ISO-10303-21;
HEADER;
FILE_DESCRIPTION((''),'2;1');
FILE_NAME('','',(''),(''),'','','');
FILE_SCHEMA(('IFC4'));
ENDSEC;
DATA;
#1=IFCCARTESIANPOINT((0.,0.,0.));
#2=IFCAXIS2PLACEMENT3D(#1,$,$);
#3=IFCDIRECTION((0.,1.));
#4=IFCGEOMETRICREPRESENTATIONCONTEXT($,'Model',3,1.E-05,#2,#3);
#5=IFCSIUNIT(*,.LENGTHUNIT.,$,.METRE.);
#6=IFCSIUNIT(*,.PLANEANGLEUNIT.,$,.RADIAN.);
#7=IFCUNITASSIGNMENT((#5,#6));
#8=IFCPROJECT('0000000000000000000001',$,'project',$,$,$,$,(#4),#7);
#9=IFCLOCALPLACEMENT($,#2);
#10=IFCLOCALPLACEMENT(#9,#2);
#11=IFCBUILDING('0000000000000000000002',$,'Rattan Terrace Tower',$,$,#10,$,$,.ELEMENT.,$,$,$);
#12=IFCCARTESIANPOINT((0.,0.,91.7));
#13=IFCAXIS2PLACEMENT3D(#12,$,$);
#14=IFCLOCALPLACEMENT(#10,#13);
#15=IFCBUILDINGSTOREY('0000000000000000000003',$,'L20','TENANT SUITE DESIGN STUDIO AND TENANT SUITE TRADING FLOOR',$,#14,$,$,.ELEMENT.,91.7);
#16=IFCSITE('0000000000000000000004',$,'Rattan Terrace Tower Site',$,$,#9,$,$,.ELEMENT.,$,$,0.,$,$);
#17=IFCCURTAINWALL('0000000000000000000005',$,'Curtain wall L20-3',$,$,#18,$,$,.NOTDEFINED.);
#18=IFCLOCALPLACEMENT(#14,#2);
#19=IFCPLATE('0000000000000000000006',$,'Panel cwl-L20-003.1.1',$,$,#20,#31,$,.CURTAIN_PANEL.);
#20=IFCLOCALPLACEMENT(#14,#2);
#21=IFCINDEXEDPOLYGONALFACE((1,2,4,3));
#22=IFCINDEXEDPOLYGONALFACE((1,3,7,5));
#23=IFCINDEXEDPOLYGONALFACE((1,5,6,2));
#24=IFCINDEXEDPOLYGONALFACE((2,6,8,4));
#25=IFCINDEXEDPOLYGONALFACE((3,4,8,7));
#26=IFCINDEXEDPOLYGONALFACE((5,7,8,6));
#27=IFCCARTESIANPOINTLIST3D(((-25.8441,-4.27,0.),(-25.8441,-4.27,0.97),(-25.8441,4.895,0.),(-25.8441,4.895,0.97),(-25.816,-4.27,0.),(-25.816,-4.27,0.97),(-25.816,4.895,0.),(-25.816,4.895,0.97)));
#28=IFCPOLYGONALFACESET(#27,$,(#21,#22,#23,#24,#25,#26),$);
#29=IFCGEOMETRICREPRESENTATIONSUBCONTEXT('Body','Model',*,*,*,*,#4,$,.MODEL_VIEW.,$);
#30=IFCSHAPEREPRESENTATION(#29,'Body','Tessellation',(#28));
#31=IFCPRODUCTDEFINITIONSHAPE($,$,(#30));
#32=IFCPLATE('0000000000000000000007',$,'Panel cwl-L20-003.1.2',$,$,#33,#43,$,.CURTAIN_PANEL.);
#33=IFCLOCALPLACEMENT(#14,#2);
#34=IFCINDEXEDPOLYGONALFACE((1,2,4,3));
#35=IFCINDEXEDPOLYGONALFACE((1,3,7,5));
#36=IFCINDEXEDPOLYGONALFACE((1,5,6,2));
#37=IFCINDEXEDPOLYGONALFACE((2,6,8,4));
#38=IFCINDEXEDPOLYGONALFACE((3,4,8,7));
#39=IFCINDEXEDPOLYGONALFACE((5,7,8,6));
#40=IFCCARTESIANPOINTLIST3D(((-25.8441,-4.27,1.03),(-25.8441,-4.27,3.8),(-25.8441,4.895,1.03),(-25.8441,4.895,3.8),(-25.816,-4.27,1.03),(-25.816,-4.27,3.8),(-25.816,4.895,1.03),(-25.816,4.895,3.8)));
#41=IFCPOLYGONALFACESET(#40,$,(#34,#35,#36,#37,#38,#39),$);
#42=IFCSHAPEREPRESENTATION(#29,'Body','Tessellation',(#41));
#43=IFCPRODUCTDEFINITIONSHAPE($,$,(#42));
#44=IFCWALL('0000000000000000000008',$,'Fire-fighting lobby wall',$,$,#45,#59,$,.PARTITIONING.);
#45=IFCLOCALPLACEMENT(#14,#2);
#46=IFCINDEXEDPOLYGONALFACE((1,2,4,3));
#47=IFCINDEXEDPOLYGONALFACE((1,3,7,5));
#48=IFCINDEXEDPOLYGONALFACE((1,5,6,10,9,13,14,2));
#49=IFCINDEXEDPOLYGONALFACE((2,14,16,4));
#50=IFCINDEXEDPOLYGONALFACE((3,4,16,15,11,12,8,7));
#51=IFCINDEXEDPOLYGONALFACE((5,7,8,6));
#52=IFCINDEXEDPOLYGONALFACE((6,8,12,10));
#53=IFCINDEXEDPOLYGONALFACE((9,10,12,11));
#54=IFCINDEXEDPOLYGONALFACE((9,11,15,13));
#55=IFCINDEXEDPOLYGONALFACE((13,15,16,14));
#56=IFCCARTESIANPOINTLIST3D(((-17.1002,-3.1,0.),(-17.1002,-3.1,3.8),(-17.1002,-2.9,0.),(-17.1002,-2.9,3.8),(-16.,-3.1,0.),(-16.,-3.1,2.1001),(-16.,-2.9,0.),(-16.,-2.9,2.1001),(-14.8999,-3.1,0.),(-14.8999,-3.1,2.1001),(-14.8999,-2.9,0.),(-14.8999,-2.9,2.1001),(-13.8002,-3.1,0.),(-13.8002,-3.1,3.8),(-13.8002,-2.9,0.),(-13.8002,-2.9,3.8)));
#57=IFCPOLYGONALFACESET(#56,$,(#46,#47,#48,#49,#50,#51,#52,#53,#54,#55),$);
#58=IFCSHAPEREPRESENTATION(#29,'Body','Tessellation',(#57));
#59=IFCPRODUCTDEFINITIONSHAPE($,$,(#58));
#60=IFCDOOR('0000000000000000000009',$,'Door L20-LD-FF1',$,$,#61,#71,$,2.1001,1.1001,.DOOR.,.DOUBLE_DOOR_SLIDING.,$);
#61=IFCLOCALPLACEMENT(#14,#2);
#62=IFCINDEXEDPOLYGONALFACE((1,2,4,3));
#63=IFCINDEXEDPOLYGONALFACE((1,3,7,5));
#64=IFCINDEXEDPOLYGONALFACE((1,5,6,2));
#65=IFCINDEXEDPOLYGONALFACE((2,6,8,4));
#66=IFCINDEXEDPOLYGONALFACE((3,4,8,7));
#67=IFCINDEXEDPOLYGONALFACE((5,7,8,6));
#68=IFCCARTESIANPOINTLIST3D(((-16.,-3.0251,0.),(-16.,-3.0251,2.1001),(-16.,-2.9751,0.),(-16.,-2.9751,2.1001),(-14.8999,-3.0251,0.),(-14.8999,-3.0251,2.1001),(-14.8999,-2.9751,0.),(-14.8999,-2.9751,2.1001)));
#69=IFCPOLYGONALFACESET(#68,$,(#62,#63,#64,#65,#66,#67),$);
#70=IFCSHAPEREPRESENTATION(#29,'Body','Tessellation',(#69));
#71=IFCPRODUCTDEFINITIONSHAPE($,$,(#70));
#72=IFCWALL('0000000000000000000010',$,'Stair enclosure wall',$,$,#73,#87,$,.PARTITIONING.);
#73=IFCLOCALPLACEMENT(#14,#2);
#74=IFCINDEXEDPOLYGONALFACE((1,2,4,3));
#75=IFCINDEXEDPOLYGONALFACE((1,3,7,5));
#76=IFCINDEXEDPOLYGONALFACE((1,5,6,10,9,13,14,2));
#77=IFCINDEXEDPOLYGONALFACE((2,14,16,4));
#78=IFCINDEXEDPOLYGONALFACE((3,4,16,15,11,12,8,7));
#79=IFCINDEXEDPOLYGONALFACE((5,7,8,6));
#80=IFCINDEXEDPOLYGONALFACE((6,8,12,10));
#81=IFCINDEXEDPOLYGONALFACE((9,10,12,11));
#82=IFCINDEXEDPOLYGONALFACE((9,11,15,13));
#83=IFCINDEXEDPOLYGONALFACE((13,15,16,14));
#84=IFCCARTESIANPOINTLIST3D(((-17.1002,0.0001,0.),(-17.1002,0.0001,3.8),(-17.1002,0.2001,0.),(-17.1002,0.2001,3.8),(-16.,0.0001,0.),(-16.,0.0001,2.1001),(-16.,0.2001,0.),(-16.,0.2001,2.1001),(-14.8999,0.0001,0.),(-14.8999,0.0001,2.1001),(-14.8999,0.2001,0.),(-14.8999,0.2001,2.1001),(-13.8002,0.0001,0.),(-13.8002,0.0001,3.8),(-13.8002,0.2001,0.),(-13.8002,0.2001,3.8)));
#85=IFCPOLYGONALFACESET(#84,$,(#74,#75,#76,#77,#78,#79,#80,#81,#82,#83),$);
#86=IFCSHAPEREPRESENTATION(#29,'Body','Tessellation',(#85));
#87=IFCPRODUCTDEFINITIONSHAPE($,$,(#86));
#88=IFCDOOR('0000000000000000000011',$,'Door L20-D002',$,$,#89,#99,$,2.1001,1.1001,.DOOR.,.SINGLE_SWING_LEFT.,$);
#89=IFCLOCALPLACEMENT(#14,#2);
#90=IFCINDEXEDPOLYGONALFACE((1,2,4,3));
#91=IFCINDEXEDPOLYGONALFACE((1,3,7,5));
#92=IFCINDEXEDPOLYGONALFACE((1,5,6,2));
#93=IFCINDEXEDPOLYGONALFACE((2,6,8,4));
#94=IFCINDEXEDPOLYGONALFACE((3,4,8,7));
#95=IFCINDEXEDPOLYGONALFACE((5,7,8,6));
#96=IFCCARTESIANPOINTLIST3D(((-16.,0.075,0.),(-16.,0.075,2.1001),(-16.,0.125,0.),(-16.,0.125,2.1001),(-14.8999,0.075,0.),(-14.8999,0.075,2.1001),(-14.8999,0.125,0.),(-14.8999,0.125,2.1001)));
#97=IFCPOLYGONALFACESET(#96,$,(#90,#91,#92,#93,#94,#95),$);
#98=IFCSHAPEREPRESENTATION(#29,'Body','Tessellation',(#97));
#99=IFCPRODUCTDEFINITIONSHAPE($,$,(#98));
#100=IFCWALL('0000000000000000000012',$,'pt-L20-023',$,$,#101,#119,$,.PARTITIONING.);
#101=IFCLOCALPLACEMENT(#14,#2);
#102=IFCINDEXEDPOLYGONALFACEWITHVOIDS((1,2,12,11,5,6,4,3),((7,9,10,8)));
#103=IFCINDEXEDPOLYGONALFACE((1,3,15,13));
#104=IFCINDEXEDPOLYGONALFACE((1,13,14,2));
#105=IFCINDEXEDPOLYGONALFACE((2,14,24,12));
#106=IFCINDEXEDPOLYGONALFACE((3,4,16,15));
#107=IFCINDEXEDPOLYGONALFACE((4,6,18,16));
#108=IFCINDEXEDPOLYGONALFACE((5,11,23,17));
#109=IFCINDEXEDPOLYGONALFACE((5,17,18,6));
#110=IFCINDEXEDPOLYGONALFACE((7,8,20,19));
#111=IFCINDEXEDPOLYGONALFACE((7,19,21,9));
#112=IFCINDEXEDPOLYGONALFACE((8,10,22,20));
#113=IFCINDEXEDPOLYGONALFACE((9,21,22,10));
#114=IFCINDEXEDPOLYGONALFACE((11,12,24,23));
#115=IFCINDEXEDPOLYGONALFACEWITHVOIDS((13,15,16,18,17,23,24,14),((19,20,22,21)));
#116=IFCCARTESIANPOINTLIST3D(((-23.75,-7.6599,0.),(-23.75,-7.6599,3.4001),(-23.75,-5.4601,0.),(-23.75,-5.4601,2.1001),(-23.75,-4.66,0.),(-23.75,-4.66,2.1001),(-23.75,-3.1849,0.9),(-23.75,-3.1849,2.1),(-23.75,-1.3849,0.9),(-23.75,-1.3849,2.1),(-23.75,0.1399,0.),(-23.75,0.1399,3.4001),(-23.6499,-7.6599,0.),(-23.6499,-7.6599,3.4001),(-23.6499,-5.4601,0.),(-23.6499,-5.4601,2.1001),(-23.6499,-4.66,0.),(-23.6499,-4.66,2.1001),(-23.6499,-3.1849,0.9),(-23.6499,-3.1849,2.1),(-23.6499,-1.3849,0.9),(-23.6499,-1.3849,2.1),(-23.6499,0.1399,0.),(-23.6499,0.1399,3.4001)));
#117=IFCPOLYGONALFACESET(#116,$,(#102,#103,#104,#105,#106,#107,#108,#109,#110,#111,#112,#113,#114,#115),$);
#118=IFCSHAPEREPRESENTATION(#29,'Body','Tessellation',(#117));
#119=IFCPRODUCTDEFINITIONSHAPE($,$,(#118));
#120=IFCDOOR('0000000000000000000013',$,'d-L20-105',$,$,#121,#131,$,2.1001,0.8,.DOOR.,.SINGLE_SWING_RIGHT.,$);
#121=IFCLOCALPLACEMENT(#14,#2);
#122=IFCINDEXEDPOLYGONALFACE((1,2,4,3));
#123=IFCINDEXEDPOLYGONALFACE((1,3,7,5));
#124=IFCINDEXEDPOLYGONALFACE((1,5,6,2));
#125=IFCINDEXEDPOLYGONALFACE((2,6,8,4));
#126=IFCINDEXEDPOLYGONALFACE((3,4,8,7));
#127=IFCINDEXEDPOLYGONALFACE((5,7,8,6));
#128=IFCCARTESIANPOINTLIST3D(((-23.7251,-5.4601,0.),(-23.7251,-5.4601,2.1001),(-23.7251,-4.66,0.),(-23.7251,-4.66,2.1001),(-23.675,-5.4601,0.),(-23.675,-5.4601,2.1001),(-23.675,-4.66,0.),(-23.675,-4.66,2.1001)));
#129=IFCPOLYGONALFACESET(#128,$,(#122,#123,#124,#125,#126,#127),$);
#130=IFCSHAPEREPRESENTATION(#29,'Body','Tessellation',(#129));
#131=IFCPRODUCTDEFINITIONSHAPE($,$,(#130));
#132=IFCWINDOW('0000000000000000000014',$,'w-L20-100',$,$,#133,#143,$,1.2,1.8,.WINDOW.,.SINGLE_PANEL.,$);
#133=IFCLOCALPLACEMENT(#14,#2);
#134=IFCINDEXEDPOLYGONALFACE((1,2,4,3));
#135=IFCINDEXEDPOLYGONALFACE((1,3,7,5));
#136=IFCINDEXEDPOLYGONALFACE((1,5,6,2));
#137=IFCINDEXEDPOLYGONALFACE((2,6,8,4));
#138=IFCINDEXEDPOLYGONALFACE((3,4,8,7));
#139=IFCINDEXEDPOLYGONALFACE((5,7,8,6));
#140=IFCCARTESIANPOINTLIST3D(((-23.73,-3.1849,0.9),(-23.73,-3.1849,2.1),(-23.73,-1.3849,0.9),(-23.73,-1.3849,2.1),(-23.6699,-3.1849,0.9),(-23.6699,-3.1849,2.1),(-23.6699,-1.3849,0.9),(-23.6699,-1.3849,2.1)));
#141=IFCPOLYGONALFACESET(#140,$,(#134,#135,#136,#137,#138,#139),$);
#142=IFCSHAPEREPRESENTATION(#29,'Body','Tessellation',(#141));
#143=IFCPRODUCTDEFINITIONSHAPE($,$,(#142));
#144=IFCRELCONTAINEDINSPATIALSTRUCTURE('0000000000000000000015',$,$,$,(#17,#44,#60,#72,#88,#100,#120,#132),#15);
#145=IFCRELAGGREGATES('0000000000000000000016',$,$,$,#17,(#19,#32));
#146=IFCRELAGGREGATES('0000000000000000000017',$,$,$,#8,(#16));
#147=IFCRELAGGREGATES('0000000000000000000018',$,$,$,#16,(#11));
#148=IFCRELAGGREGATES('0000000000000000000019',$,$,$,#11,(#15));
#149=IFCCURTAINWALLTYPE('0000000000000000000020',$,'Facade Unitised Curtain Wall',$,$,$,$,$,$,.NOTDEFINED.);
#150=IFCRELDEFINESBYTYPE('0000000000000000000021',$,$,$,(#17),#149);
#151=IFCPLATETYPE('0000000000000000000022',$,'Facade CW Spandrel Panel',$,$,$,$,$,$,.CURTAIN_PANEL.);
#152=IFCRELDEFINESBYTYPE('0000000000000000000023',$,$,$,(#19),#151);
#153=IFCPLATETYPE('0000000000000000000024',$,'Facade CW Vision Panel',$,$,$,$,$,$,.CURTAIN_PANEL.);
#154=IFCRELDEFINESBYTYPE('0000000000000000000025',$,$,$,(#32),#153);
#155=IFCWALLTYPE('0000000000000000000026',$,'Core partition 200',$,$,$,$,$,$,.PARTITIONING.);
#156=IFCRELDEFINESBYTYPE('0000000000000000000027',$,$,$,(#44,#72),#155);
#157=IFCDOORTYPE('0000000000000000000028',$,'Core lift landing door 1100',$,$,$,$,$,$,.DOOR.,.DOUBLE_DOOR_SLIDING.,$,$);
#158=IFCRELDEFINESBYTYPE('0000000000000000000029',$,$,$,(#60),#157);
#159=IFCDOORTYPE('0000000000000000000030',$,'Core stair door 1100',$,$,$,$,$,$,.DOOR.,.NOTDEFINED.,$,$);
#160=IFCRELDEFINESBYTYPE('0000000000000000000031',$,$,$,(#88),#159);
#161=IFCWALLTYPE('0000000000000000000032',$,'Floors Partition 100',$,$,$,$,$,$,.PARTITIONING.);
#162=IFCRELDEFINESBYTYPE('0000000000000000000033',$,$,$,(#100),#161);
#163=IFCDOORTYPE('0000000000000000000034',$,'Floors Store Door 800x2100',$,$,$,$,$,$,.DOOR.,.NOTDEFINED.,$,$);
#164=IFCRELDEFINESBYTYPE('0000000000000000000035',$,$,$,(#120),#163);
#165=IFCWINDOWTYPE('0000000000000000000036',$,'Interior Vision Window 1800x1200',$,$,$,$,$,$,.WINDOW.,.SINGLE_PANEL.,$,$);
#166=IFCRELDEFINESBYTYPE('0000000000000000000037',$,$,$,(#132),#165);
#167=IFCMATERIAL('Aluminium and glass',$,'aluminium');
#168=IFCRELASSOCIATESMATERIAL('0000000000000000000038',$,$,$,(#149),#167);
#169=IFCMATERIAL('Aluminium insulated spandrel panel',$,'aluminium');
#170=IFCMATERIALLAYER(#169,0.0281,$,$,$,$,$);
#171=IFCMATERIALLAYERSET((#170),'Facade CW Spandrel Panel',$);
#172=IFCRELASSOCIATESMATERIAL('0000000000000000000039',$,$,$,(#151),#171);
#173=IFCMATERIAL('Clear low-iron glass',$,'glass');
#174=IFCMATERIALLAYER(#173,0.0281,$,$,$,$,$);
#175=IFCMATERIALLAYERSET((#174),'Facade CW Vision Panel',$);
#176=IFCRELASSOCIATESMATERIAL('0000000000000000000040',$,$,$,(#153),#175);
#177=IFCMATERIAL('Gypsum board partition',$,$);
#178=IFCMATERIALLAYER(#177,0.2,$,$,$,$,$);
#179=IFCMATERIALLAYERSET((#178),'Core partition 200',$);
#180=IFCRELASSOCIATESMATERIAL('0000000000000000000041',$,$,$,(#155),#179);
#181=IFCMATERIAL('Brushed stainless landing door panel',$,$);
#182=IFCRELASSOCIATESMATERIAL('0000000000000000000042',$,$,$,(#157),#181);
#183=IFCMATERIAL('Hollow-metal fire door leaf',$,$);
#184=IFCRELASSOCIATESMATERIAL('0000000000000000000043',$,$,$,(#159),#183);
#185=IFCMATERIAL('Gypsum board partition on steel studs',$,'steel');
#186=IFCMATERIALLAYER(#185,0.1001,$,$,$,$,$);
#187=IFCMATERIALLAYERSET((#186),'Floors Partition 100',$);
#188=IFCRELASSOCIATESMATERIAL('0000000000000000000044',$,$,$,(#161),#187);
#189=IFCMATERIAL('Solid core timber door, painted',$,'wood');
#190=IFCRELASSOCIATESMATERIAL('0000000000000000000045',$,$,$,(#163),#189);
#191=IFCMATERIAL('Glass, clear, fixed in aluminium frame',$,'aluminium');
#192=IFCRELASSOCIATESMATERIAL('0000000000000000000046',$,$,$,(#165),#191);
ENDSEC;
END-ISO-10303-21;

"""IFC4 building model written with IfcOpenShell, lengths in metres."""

from ifc_helpers import new_model, si_unit, direction, frame, frame_2d, origin, origin_2d, place, context, subcontext, project, spatial, rectangle, extrude, material, layer, layer_set, type_object, element, fill, aggregate, save


model = new_model("IFC4")

# Units and contexts
model_context = context("Model", 3, precision=1e-05, world=origin(), true_north=direction((0.0, 1.0)))
body_context = subcontext(model_context, "Body", "Model", "MODEL_VIEW")
ifc_project = project(units=[si_unit("LENGTHUNIT", "METRE"), si_unit("PLANEANGLEUNIT", "RADIAN")], contexts=[model_context])

# Site, building, storey
site_placement = place(None, origin())
site = spatial("IfcSite", under=ifc_project, at=site_placement, Name="Rattan Terrace Tower Site", CompositionType="ELEMENT", RefElevation=0.0)
building_placement = place(site_placement, origin())
building = spatial("IfcBuilding", under=site, at=building_placement, Name="Rattan Terrace Tower", CompositionType="ELEMENT")
storey_placement = place(building_placement, frame((0.0, 0.0, 91.7)))
storey = spatial("IfcBuildingStorey", under=building, at=storey_placement, Name="L20", Description="TENANT SUITE DESIGN STUDIO AND TENANT SUITE TRADING FLOOR", CompositionType="ELEMENT", Elevation=91.7)

# Curtain wall
ifc_material_1 = material(Name="Aluminium and glass", Category="aluminium")
curtain_wall_type = type_object("IfcCurtainWallType", Name="Facade Unitised Curtain Wall", PredefinedType="NOTDEFINED", material=ifc_material_1)
curtain_wall_placement = place(storey_placement, origin())
curtain_wall = element("IfcCurtainWall", 1, at=curtain_wall_placement, inside=storey, type_object=curtain_wall_type, Name="Curtain wall L20-3", PredefinedType="NOTDEFINED")

# Plates
ifc_material_2 = material(Name="Aluminium insulated spandrel panel", Category="aluminium")
ifc_layer_1 = layer(ifc_material_2, 0.0281)
ifc_layer_set_1 = layer_set([ifc_layer_1], Name="Facade CW Spandrel Panel")
plate_type_1 = type_object("IfcPlateType", Name="Facade CW Spandrel Panel", PredefinedType="CURTAIN_PANEL", material=ifc_layer_set_1)
plate_1_placement = place(storey_placement, frame((-25.8301, 0.3125, 0.0), z_axis=(0.0, 0.0, 1.0), x_axis=(0.0, -1.0, 0.0)))
plate_1 = element("IfcPlate", 2, at=plate_1_placement, type_object=plate_type_1, Name="Panel cwl-L20-003.1.1", PredefinedType="CURTAIN_PANEL", context=body_context, shape_type="SweptSolid", body=[
    extrude(rectangle(XDim=9.165, YDim=0.0281, at=origin_2d()), origin(), (0.0, 0.0, 1.0), 0.97),
])
ifc_material_3 = material(Name="Clear low-iron glass", Category="glass")
ifc_layer_2 = layer(ifc_material_3, 0.0281)
ifc_layer_set_2 = layer_set([ifc_layer_2], Name="Facade CW Vision Panel")
plate_type_2 = type_object("IfcPlateType", Name="Facade CW Vision Panel", PredefinedType="CURTAIN_PANEL", material=ifc_layer_set_2)
plate_2_placement = place(storey_placement, frame((-25.8301, 0.3125, 1.03), z_axis=(0.0, 0.0, 1.0), x_axis=(0.0, -1.0, 0.0)))
plate_2 = element("IfcPlate", 3, at=plate_2_placement, type_object=plate_type_2, Name="Panel cwl-L20-003.1.2", PredefinedType="CURTAIN_PANEL", context=body_context, shape_type="SweptSolid", body=[
    extrude(rectangle(XDim=9.165, YDim=0.0281, at=origin_2d()), origin(), (0.0, 0.0, 1.0), 2.77),
])
aggregate(curtain_wall, [plate_1, plate_2])

# Walls, openings, doors
ifc_material_4 = material(Name="Gypsum board partition")
ifc_layer_3 = layer(ifc_material_4, 0.2)
ifc_layer_set_3 = layer_set([ifc_layer_3], Name="Core partition 200")
wall_type_1 = type_object("IfcWallType", Name="Core partition 200", PredefinedType="PARTITIONING", material=ifc_layer_set_3)
wall_1_placement = place(storey_placement, frame((-17.1001, -3.0, 0.0), z_axis=(0.0, 0.0, 1.0), x_axis=(1.0, 0.0, 0.0)))
wall_1 = element("IfcWall", 4, at=wall_1_placement, inside=storey, type_object=wall_type_1, Name="Fire-fighting lobby wall", PredefinedType="PARTITIONING", context=body_context, shape_type="SweptSolid", body=[
    extrude(rectangle(XDim=3.3, YDim=0.2, at=frame_2d((1.6499, 0.0))), origin(), (0.0, 0.0, 1.0), 3.8),
])
opening_1_placement = place(wall_1_placement, frame((1.1001, 0.0, 0.0)))
opening_1 = element("IfcOpeningElement", 5, at=opening_1_placement, cuts=wall_1, PredefinedType="OPENING", context=body_context, shape_type="SweptSolid", body=[
    extrude(rectangle(XDim=1.1001, YDim=2.1001, at=frame_2d((0.55, 1.05))), frame((0.0, 0.1106, 0.0), z_axis=(0.0, -1.0, 0.0), x_axis=(1.0, 0.0, 0.0)), (0.0, 0.0, 1.0), 0.2209),
])
ifc_material_5 = material(Name="Brushed stainless landing door panel")
door_type_1 = type_object("IfcDoorType", Name="Core lift landing door 1100", OperationType="DOUBLE_DOOR_SLIDING", PredefinedType="DOOR", material=ifc_material_5)
door_1_placement = place(opening_1_placement, origin())
door_1 = element("IfcDoor", 6, at=door_1_placement, inside=storey, type_object=door_type_1, Name="Door L20-LD-FF1", OperationType="DOUBLE_DOOR_SLIDING", OverallHeight=2.1001, OverallWidth=1.1001, PredefinedType="DOOR", context=body_context, shape_type="SweptSolid", body=[
    extrude(rectangle(XDim=1.1001, YDim=2.1001, at=frame_2d((0.55, 1.05))), frame((0.0, 0.0249, 0.0), z_axis=(0.0, -1.0, 0.0), x_axis=(1.0, 0.0, 0.0)), (0.0, 0.0, 1.0), 0.05),
])
fill(opening_1, door_1)
wall_2_placement = place(storey_placement, frame((-17.1001, 0.1001, 0.0), z_axis=(0.0, 0.0, 1.0), x_axis=(1.0, 0.0, 0.0)))
wall_2 = element("IfcWall", 7, at=wall_2_placement, inside=storey, type_object=wall_type_1, Name="Stair enclosure wall", PredefinedType="PARTITIONING", context=body_context, shape_type="SweptSolid", body=[
    extrude(rectangle(XDim=3.3, YDim=0.2, at=frame_2d((1.6499, 0.0))), origin(), (0.0, 0.0, 1.0), 3.8),
])
opening_2_placement = place(wall_2_placement, frame((1.1001, 0.0, 0.0)))
opening_2 = element("IfcOpeningElement", 8, at=opening_2_placement, cuts=wall_2, PredefinedType="OPENING", context=body_context, shape_type="SweptSolid", body=[
    extrude(rectangle(XDim=1.1001, YDim=2.1001, at=frame_2d((0.55, 1.05))), frame((0.0, 0.1106, 0.0), z_axis=(0.0, -1.0, 0.0), x_axis=(1.0, 0.0, 0.0)), (0.0, 0.0, 1.0), 0.2209),
])
ifc_material_6 = material(Name="Hollow-metal fire door leaf")
door_type_2 = type_object("IfcDoorType", Name="Core stair door 1100", OperationType="NOTDEFINED", PredefinedType="DOOR", material=ifc_material_6)
door_2_placement = place(opening_2_placement, origin())
door_2 = element("IfcDoor", 9, at=door_2_placement, inside=storey, type_object=door_type_2, Name="Door L20-D002", OperationType="SINGLE_SWING_LEFT", OverallHeight=2.1001, OverallWidth=1.1001, PredefinedType="DOOR", context=body_context, shape_type="SweptSolid", body=[
    extrude(rectangle(XDim=1.1001, YDim=2.1001, at=frame_2d((0.55, 1.05))), frame((0.0, 0.0249, 0.0), z_axis=(0.0, -1.0, 0.0), x_axis=(1.0, 0.0, 0.0)), (0.0, 0.0, 1.0), 0.05),
])
fill(opening_2, door_2)

# Wall, openings, door, window
ifc_material_7 = material(Name="Gypsum board partition on steel studs", Category="steel")
ifc_layer_4 = layer(ifc_material_7, 0.1001)
ifc_layer_set_4 = layer_set([ifc_layer_4], Name="Floors Partition 100")
wall_type_2 = type_object("IfcWallType", Name="Floors Partition 100", PredefinedType="PARTITIONING", material=ifc_layer_set_4)
wall_3_placement = place(storey_placement, frame((-23.7, 0.1399, 0.0), z_axis=(0.0, 0.0, 1.0), x_axis=(0.0, -1.0, 0.0)))
wall_3 = element("IfcWall", 10, at=wall_3_placement, inside=storey, type_object=wall_type_2, Name="pt-L20-023", PredefinedType="PARTITIONING", context=body_context, shape_type="SweptSolid", body=[
    extrude(rectangle(XDim=7.7998, YDim=0.1001, at=frame_2d((3.8999, 0.0))), origin(), (0.0, 0.0, 1.0), 3.4001),
])
opening_3_placement = place(wall_3_placement, frame((4.8, 0.0, 0.0)))
opening_3 = element("IfcOpeningElement", 11, at=opening_3_placement, cuts=wall_3, PredefinedType="OPENING", context=body_context, shape_type="SweptSolid", body=[
    extrude(rectangle(XDim=0.8, YDim=2.1001, at=frame_2d((0.3999, 1.05))), frame((0.0, 0.0605, 0.0), z_axis=(0.0, -1.0, 0.0), x_axis=(1.0, 0.0, 0.0)), (0.0, 0.0, 1.0), 0.1211),
])
opening_4_placement = place(wall_3_placement, frame((1.5249, 0.0, 0.8999)))
opening_4 = element("IfcOpeningElement", 12, at=opening_4_placement, cuts=wall_3, PredefinedType="OPENING", context=body_context, shape_type="SweptSolid", body=[
    extrude(rectangle(XDim=1.8, YDim=1.2, at=frame_2d((0.8999, 0.6001))), frame((0.0, 0.0605, 0.0), z_axis=(0.0, -1.0, 0.0), x_axis=(1.0, 0.0, 0.0)), (0.0, 0.0, 1.0), 0.1211),
])
ifc_material_8 = material(Name="Solid core timber door, painted", Category="wood")
door_type_3 = type_object("IfcDoorType", Name="Floors Store Door 800x2100", OperationType="NOTDEFINED", PredefinedType="DOOR", material=ifc_material_8)
door_3_placement = place(opening_3_placement, origin())
door_3 = element("IfcDoor", 13, at=door_3_placement, inside=storey, type_object=door_type_3, Name="d-L20-105", OperationType="SINGLE_SWING_RIGHT", OverallHeight=2.1001, OverallWidth=0.8, PredefinedType="DOOR", context=body_context, shape_type="SweptSolid", body=[
    extrude(rectangle(XDim=0.8, YDim=2.1001, at=frame_2d((0.3999, 1.05))), frame((0.0, 0.0249, 0.0), z_axis=(0.0, -1.0, 0.0), x_axis=(1.0, 0.0, 0.0)), (0.0, 0.0, 1.0), 0.05),
])
fill(opening_3, door_3)
ifc_material_9 = material(Name="Glass, clear, fixed in aluminium frame", Category="aluminium")
window_type = type_object("IfcWindowType", Name="Interior Vision Window 1800x1200", PartitioningType="SINGLE_PANEL", PredefinedType="WINDOW", material=ifc_material_9)
window_1_placement = place(opening_4_placement, origin())
window_1 = element("IfcWindow", 14, at=window_1_placement, inside=storey, type_object=window_type, Name="w-L20-100", OverallHeight=1.2, OverallWidth=1.8, PartitioningType="SINGLE_PANEL", PredefinedType="WINDOW", context=body_context, shape_type="SweptSolid", body=[
    extrude(rectangle(XDim=1.8, YDim=1.2, at=frame_2d((0.8999, 0.6001))), frame((0.0, 0.03, 0.0), z_axis=(0.0, -1.0, 0.0), x_axis=(1.0, 0.0, 0.0)), (0.0, 0.0, 1.0), 0.0601),
])
fill(opening_4, window_1)

save(model, "model.ifc")
